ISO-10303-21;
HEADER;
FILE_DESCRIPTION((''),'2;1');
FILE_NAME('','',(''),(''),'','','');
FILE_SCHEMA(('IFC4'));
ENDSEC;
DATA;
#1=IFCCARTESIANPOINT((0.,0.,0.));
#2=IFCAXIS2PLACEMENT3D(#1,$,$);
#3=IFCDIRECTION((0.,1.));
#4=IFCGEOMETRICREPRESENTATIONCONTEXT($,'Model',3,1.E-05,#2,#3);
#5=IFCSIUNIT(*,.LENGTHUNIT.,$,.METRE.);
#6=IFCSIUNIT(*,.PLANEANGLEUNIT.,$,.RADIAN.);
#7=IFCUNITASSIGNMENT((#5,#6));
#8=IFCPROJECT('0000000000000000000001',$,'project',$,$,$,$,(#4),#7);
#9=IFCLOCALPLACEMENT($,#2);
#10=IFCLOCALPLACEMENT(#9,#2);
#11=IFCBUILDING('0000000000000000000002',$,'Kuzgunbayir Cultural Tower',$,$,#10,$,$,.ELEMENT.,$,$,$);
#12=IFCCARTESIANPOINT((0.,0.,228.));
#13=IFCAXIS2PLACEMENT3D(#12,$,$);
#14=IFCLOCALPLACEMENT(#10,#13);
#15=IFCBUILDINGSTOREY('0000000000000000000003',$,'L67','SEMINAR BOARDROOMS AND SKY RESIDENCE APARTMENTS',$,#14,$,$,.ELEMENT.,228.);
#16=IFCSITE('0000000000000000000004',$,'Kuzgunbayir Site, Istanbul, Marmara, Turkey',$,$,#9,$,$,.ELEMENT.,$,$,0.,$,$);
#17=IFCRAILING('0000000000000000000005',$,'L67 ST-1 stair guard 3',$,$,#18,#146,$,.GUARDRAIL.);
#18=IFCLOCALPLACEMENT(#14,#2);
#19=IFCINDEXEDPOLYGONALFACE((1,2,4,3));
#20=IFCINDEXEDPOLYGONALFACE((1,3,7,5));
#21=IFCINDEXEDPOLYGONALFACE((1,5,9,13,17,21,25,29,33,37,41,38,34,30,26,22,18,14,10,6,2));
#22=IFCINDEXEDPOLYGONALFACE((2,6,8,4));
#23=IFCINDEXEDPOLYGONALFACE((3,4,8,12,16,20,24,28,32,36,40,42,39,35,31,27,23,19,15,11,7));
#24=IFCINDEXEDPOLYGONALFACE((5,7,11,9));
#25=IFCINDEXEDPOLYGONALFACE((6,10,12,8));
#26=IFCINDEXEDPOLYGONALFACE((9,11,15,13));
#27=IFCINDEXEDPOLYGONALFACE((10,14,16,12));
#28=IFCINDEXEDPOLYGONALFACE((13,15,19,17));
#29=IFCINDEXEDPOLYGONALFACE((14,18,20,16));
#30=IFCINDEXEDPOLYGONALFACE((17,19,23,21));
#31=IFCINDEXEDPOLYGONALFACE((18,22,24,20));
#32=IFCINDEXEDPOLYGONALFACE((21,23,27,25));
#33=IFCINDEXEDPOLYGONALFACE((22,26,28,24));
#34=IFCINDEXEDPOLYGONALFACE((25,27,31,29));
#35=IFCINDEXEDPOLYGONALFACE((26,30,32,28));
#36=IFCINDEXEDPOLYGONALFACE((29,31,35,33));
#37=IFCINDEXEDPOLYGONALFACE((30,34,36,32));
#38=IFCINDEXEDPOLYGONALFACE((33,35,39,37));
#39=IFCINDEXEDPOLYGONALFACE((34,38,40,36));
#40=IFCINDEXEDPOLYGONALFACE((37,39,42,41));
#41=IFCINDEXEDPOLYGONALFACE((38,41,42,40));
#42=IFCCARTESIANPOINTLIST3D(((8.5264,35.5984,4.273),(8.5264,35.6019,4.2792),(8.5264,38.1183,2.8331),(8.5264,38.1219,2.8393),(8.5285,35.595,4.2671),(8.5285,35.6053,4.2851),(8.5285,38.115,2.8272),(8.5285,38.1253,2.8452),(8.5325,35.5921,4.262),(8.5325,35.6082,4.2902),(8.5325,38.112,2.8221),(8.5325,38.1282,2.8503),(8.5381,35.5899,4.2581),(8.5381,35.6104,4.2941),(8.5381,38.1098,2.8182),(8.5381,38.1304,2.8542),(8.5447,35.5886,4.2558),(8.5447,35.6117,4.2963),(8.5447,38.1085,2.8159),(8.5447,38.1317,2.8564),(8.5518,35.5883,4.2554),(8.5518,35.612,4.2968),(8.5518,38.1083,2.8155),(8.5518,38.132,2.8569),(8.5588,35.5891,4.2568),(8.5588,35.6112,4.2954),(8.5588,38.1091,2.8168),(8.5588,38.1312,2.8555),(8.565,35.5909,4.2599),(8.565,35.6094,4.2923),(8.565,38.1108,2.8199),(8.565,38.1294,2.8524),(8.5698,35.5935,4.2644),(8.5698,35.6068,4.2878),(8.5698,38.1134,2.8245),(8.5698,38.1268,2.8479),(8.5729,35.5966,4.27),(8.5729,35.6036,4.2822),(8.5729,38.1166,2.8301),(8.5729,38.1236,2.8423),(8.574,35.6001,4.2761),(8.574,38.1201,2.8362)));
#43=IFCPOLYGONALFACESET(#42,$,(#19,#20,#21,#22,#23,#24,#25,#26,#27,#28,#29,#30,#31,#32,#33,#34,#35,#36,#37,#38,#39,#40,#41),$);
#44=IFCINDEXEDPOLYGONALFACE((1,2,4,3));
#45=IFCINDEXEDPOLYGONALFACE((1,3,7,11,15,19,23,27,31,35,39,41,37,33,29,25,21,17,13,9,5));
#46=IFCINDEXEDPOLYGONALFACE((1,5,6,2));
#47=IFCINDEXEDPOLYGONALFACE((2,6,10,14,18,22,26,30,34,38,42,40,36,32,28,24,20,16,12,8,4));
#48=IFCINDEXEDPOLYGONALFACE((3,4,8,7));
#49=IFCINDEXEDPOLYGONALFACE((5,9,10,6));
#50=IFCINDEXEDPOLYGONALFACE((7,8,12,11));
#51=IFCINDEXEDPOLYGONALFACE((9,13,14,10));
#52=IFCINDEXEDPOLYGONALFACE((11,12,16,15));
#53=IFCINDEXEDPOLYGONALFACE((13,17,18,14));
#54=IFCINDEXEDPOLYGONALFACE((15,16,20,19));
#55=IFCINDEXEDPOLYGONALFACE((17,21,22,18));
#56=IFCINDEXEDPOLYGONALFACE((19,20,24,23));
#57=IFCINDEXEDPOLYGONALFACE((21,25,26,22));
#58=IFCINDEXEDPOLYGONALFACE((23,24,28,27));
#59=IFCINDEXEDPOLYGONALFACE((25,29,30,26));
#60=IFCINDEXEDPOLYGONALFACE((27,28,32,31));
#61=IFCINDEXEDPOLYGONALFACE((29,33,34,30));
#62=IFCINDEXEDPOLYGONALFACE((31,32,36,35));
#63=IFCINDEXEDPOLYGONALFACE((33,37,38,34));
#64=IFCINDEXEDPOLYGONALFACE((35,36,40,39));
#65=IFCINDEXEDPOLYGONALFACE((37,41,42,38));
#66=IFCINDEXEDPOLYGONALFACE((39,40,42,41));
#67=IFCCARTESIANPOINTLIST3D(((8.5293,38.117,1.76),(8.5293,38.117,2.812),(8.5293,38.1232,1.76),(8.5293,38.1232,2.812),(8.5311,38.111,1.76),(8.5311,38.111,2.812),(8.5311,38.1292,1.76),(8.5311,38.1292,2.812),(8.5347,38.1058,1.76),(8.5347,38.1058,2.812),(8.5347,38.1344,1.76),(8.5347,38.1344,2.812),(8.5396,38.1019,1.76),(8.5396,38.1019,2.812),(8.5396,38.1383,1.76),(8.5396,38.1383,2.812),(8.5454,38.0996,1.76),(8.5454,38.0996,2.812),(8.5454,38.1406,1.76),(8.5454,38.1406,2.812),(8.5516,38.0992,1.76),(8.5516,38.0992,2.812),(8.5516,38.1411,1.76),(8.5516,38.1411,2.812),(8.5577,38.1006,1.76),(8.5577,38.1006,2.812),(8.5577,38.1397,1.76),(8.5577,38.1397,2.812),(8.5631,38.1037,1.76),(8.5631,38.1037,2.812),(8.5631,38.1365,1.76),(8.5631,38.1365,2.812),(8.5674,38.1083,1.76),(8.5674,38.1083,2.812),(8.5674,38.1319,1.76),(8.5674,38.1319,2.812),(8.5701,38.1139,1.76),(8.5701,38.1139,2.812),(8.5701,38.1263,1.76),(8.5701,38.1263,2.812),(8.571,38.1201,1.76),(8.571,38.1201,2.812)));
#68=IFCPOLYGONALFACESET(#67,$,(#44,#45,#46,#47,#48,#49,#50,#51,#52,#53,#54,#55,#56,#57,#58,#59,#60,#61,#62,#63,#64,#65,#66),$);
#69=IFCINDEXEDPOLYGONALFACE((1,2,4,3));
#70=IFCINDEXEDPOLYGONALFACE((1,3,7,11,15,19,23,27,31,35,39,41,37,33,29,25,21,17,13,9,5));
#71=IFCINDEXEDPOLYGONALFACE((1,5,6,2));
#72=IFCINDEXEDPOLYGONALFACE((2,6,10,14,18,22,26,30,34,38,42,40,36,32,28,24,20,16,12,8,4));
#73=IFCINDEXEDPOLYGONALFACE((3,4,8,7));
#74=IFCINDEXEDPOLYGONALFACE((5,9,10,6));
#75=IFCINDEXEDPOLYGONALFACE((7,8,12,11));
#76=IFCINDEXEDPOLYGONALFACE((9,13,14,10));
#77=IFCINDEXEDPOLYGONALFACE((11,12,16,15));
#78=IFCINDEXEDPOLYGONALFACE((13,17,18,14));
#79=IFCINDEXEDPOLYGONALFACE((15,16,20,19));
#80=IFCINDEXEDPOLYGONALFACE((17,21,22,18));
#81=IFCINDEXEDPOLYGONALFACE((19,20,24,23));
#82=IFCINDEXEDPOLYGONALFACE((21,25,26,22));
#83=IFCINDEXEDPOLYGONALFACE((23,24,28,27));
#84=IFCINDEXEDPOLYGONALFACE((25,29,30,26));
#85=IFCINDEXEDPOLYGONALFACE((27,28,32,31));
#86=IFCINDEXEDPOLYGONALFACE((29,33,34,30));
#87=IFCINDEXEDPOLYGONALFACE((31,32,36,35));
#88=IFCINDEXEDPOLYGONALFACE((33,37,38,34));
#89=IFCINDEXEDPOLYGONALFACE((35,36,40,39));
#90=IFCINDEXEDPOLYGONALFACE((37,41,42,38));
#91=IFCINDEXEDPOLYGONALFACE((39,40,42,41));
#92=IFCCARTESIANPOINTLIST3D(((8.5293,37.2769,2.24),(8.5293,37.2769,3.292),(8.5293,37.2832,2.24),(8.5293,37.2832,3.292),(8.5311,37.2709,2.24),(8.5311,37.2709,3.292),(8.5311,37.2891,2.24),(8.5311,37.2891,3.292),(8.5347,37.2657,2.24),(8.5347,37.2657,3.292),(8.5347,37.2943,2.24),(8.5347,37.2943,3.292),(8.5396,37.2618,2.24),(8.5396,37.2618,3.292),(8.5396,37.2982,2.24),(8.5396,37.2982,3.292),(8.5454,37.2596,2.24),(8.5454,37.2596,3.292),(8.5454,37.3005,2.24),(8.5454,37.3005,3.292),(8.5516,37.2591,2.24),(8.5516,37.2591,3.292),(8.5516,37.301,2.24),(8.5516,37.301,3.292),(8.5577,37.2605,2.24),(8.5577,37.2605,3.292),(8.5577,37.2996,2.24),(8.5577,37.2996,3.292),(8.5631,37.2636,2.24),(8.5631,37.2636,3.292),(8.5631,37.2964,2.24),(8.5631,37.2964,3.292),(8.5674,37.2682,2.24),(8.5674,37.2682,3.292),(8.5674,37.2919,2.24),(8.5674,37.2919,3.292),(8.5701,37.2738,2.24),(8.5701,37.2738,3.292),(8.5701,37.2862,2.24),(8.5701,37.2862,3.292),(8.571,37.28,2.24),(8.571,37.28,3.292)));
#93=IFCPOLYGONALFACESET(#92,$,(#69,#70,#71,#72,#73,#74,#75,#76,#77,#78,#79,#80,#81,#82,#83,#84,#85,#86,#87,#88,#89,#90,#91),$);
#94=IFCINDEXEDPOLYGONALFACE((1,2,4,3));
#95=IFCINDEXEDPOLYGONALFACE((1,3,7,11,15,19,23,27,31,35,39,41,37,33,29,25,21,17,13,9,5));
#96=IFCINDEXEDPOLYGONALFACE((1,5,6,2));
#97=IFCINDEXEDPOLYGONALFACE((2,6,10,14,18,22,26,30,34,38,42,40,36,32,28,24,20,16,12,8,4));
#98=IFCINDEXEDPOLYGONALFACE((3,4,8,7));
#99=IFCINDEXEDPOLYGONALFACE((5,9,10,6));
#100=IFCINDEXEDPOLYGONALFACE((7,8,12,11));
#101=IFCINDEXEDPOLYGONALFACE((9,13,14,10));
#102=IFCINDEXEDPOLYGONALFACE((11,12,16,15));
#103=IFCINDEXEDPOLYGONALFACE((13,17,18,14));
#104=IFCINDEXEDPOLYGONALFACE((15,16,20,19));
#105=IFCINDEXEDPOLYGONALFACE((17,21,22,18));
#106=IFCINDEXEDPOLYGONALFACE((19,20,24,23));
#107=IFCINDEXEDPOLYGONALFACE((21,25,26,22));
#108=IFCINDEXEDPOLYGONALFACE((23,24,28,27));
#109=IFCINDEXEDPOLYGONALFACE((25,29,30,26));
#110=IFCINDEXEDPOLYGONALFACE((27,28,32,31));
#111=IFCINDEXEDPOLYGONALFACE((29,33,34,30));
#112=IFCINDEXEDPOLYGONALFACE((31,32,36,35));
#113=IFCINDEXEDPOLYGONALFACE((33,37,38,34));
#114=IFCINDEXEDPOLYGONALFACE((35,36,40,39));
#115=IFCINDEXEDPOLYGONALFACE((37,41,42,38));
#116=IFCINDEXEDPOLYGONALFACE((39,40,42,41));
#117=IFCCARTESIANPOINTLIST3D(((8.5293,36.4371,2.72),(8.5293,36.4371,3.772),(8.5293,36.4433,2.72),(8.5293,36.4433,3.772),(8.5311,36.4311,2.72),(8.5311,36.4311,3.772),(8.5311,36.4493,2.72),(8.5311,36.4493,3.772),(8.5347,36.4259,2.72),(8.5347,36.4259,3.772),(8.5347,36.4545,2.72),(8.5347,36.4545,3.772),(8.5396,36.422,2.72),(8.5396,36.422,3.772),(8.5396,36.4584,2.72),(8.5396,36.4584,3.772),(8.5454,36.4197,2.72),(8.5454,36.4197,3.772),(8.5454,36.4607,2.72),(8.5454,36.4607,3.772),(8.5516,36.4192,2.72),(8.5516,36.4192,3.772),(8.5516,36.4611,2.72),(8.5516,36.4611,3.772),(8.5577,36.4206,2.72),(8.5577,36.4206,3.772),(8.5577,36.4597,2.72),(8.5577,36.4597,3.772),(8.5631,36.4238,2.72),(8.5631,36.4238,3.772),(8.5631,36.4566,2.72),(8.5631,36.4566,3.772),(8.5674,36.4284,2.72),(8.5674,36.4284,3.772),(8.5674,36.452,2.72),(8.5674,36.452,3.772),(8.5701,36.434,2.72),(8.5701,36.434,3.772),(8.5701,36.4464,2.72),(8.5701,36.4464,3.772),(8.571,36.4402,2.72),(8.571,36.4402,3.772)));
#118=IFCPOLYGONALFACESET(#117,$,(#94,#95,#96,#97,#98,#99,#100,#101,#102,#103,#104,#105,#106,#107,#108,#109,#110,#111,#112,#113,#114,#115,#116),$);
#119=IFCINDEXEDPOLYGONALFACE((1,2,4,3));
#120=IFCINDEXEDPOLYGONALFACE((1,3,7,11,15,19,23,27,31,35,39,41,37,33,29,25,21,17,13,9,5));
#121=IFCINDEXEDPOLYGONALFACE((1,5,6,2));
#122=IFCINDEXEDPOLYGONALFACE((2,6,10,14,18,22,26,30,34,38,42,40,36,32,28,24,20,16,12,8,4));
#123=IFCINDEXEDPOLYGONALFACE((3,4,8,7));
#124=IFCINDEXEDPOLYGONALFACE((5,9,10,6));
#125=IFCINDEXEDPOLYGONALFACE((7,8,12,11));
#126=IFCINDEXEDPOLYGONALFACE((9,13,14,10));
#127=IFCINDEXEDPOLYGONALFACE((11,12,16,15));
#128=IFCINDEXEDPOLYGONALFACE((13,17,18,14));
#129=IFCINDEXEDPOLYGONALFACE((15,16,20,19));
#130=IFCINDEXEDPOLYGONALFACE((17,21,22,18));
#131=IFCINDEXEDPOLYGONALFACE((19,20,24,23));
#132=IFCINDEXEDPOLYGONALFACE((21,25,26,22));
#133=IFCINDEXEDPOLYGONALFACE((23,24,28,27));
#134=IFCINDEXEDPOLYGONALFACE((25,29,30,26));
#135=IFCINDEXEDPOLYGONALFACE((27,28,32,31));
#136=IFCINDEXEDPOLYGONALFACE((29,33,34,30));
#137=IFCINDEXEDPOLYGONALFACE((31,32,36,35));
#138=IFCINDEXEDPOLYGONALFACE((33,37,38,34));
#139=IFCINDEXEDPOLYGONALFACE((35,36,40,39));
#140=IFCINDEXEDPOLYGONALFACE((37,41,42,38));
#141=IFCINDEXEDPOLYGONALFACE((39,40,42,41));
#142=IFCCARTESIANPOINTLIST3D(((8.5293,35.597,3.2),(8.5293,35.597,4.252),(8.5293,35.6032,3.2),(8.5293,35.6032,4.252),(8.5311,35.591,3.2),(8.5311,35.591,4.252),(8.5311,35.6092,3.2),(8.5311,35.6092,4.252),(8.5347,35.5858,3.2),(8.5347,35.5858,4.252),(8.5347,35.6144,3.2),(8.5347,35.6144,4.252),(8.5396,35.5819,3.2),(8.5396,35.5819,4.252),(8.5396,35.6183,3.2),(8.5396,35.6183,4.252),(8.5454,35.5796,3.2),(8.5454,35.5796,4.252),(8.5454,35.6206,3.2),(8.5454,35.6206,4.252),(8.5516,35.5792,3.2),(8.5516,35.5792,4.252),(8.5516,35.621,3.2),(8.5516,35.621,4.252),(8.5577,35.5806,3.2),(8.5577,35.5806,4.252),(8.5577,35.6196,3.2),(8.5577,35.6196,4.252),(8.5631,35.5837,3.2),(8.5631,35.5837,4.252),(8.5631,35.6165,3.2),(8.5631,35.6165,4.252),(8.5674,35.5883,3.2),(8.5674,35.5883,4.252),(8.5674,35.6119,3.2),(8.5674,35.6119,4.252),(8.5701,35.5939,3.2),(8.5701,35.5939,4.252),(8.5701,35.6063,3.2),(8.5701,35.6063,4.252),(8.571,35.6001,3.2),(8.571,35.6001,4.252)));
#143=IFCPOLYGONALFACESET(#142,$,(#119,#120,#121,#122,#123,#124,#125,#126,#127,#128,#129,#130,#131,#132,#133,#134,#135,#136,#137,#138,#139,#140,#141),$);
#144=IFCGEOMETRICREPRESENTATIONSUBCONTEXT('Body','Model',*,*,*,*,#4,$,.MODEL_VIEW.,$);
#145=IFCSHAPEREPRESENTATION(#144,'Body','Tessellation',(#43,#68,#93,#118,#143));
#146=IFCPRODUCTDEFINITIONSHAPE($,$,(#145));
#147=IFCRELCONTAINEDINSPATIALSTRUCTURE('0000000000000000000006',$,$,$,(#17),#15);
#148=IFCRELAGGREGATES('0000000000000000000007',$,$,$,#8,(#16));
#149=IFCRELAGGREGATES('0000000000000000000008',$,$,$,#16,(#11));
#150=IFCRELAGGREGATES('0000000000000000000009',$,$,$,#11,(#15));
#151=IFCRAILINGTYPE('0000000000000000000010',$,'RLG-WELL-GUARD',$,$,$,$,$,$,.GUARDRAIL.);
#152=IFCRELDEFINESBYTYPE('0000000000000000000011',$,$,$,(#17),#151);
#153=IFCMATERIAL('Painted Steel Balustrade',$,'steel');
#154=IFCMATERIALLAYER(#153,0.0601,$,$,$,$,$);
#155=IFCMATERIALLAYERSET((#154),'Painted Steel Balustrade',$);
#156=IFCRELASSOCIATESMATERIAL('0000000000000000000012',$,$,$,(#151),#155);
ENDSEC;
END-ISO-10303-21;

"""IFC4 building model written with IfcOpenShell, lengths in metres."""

from ifc_helpers import new_model, si_unit, direction, frame, origin, origin_2d, place, context, subcontext, project, spatial, circle, extrude, material, layer, layer_set, type_object, element, save


model = new_model("IFC4")

# Units and contexts
model_context = context("Model", 3, precision=1e-05, world=origin(), true_north=direction((0.0, 1.0)))
body_context = subcontext(model_context, "Body", "Model", "MODEL_VIEW")
ifc_project = project(units=[si_unit("LENGTHUNIT", "METRE"), si_unit("PLANEANGLEUNIT", "RADIAN")], contexts=[model_context])

# Site, building, storey
site_placement = place(None, origin())
site = spatial("IfcSite", under=ifc_project, at=site_placement, Name="Kuzgunbayir Site, Istanbul, Marmara, Turkey", CompositionType="ELEMENT", RefElevation=0.0)
building_placement = place(site_placement, origin())
building = spatial("IfcBuilding", under=site, at=building_placement, Name="Kuzgunbayir Cultural Tower", CompositionType="ELEMENT")
storey_placement = place(building_placement, frame((0.0, 0.0, 228.0)))
storey = spatial("IfcBuildingStorey", under=building, at=storey_placement, Name="L67", Description="SEMINAR BOARDROOMS AND SKY RESIDENCE APARTMENTS", CompositionType="ELEMENT", Elevation=228.0)

# Railing
ifc_material_1 = material(Name="Painted Steel Balustrade", Category="steel")
ifc_layer_1 = layer(ifc_material_1, 0.0601)
ifc_layer_set_1 = layer_set([ifc_layer_1], Name="Painted Steel Balustrade")
railing_type_1 = type_object("IfcRailingType", Name="RLG-WELL-GUARD", PredefinedType="GUARDRAIL", material=ifc_layer_set_1)
railing_1_placement = place(storey_placement, frame((8.55, 38.1201, 1.76)))
element("IfcRailing", 1, at=railing_1_placement, inside=storey, type_object=railing_type_1, Name="L67 ST-1 stair guard 3", PredefinedType="GUARDRAIL", context=body_context, shape_type="SweptSolid", body=[
    extrude(circle(Radius=0.0239, at=origin_2d()), frame((0.0, 0.0, 1.0762), z_axis=(0.0, -0.868253, 0.496121), x_axis=(1.0, 0.0, 0.0)), (0.0, 0.0, 1.0), 2.9023),
    extrude(circle(Radius=0.021, at=origin_2d()), origin(), (0.0, 0.0, 1.0), 1.052),
    extrude(circle(Radius=0.021, at=origin_2d()), frame((0.0, -0.8401, 0.48)), (0.0, 0.0, 1.0), 1.052),
    extrude(circle(Radius=0.021, at=origin_2d()), frame((0.0, -1.6799, 0.96)), (0.0, 0.0, 1.0), 1.052),
    extrude(circle(Radius=0.021, at=origin_2d()), frame((0.0, -2.52, 1.4399)), (0.0, 0.0, 1.0), 1.052),
])

save(model, "model.ifc")
